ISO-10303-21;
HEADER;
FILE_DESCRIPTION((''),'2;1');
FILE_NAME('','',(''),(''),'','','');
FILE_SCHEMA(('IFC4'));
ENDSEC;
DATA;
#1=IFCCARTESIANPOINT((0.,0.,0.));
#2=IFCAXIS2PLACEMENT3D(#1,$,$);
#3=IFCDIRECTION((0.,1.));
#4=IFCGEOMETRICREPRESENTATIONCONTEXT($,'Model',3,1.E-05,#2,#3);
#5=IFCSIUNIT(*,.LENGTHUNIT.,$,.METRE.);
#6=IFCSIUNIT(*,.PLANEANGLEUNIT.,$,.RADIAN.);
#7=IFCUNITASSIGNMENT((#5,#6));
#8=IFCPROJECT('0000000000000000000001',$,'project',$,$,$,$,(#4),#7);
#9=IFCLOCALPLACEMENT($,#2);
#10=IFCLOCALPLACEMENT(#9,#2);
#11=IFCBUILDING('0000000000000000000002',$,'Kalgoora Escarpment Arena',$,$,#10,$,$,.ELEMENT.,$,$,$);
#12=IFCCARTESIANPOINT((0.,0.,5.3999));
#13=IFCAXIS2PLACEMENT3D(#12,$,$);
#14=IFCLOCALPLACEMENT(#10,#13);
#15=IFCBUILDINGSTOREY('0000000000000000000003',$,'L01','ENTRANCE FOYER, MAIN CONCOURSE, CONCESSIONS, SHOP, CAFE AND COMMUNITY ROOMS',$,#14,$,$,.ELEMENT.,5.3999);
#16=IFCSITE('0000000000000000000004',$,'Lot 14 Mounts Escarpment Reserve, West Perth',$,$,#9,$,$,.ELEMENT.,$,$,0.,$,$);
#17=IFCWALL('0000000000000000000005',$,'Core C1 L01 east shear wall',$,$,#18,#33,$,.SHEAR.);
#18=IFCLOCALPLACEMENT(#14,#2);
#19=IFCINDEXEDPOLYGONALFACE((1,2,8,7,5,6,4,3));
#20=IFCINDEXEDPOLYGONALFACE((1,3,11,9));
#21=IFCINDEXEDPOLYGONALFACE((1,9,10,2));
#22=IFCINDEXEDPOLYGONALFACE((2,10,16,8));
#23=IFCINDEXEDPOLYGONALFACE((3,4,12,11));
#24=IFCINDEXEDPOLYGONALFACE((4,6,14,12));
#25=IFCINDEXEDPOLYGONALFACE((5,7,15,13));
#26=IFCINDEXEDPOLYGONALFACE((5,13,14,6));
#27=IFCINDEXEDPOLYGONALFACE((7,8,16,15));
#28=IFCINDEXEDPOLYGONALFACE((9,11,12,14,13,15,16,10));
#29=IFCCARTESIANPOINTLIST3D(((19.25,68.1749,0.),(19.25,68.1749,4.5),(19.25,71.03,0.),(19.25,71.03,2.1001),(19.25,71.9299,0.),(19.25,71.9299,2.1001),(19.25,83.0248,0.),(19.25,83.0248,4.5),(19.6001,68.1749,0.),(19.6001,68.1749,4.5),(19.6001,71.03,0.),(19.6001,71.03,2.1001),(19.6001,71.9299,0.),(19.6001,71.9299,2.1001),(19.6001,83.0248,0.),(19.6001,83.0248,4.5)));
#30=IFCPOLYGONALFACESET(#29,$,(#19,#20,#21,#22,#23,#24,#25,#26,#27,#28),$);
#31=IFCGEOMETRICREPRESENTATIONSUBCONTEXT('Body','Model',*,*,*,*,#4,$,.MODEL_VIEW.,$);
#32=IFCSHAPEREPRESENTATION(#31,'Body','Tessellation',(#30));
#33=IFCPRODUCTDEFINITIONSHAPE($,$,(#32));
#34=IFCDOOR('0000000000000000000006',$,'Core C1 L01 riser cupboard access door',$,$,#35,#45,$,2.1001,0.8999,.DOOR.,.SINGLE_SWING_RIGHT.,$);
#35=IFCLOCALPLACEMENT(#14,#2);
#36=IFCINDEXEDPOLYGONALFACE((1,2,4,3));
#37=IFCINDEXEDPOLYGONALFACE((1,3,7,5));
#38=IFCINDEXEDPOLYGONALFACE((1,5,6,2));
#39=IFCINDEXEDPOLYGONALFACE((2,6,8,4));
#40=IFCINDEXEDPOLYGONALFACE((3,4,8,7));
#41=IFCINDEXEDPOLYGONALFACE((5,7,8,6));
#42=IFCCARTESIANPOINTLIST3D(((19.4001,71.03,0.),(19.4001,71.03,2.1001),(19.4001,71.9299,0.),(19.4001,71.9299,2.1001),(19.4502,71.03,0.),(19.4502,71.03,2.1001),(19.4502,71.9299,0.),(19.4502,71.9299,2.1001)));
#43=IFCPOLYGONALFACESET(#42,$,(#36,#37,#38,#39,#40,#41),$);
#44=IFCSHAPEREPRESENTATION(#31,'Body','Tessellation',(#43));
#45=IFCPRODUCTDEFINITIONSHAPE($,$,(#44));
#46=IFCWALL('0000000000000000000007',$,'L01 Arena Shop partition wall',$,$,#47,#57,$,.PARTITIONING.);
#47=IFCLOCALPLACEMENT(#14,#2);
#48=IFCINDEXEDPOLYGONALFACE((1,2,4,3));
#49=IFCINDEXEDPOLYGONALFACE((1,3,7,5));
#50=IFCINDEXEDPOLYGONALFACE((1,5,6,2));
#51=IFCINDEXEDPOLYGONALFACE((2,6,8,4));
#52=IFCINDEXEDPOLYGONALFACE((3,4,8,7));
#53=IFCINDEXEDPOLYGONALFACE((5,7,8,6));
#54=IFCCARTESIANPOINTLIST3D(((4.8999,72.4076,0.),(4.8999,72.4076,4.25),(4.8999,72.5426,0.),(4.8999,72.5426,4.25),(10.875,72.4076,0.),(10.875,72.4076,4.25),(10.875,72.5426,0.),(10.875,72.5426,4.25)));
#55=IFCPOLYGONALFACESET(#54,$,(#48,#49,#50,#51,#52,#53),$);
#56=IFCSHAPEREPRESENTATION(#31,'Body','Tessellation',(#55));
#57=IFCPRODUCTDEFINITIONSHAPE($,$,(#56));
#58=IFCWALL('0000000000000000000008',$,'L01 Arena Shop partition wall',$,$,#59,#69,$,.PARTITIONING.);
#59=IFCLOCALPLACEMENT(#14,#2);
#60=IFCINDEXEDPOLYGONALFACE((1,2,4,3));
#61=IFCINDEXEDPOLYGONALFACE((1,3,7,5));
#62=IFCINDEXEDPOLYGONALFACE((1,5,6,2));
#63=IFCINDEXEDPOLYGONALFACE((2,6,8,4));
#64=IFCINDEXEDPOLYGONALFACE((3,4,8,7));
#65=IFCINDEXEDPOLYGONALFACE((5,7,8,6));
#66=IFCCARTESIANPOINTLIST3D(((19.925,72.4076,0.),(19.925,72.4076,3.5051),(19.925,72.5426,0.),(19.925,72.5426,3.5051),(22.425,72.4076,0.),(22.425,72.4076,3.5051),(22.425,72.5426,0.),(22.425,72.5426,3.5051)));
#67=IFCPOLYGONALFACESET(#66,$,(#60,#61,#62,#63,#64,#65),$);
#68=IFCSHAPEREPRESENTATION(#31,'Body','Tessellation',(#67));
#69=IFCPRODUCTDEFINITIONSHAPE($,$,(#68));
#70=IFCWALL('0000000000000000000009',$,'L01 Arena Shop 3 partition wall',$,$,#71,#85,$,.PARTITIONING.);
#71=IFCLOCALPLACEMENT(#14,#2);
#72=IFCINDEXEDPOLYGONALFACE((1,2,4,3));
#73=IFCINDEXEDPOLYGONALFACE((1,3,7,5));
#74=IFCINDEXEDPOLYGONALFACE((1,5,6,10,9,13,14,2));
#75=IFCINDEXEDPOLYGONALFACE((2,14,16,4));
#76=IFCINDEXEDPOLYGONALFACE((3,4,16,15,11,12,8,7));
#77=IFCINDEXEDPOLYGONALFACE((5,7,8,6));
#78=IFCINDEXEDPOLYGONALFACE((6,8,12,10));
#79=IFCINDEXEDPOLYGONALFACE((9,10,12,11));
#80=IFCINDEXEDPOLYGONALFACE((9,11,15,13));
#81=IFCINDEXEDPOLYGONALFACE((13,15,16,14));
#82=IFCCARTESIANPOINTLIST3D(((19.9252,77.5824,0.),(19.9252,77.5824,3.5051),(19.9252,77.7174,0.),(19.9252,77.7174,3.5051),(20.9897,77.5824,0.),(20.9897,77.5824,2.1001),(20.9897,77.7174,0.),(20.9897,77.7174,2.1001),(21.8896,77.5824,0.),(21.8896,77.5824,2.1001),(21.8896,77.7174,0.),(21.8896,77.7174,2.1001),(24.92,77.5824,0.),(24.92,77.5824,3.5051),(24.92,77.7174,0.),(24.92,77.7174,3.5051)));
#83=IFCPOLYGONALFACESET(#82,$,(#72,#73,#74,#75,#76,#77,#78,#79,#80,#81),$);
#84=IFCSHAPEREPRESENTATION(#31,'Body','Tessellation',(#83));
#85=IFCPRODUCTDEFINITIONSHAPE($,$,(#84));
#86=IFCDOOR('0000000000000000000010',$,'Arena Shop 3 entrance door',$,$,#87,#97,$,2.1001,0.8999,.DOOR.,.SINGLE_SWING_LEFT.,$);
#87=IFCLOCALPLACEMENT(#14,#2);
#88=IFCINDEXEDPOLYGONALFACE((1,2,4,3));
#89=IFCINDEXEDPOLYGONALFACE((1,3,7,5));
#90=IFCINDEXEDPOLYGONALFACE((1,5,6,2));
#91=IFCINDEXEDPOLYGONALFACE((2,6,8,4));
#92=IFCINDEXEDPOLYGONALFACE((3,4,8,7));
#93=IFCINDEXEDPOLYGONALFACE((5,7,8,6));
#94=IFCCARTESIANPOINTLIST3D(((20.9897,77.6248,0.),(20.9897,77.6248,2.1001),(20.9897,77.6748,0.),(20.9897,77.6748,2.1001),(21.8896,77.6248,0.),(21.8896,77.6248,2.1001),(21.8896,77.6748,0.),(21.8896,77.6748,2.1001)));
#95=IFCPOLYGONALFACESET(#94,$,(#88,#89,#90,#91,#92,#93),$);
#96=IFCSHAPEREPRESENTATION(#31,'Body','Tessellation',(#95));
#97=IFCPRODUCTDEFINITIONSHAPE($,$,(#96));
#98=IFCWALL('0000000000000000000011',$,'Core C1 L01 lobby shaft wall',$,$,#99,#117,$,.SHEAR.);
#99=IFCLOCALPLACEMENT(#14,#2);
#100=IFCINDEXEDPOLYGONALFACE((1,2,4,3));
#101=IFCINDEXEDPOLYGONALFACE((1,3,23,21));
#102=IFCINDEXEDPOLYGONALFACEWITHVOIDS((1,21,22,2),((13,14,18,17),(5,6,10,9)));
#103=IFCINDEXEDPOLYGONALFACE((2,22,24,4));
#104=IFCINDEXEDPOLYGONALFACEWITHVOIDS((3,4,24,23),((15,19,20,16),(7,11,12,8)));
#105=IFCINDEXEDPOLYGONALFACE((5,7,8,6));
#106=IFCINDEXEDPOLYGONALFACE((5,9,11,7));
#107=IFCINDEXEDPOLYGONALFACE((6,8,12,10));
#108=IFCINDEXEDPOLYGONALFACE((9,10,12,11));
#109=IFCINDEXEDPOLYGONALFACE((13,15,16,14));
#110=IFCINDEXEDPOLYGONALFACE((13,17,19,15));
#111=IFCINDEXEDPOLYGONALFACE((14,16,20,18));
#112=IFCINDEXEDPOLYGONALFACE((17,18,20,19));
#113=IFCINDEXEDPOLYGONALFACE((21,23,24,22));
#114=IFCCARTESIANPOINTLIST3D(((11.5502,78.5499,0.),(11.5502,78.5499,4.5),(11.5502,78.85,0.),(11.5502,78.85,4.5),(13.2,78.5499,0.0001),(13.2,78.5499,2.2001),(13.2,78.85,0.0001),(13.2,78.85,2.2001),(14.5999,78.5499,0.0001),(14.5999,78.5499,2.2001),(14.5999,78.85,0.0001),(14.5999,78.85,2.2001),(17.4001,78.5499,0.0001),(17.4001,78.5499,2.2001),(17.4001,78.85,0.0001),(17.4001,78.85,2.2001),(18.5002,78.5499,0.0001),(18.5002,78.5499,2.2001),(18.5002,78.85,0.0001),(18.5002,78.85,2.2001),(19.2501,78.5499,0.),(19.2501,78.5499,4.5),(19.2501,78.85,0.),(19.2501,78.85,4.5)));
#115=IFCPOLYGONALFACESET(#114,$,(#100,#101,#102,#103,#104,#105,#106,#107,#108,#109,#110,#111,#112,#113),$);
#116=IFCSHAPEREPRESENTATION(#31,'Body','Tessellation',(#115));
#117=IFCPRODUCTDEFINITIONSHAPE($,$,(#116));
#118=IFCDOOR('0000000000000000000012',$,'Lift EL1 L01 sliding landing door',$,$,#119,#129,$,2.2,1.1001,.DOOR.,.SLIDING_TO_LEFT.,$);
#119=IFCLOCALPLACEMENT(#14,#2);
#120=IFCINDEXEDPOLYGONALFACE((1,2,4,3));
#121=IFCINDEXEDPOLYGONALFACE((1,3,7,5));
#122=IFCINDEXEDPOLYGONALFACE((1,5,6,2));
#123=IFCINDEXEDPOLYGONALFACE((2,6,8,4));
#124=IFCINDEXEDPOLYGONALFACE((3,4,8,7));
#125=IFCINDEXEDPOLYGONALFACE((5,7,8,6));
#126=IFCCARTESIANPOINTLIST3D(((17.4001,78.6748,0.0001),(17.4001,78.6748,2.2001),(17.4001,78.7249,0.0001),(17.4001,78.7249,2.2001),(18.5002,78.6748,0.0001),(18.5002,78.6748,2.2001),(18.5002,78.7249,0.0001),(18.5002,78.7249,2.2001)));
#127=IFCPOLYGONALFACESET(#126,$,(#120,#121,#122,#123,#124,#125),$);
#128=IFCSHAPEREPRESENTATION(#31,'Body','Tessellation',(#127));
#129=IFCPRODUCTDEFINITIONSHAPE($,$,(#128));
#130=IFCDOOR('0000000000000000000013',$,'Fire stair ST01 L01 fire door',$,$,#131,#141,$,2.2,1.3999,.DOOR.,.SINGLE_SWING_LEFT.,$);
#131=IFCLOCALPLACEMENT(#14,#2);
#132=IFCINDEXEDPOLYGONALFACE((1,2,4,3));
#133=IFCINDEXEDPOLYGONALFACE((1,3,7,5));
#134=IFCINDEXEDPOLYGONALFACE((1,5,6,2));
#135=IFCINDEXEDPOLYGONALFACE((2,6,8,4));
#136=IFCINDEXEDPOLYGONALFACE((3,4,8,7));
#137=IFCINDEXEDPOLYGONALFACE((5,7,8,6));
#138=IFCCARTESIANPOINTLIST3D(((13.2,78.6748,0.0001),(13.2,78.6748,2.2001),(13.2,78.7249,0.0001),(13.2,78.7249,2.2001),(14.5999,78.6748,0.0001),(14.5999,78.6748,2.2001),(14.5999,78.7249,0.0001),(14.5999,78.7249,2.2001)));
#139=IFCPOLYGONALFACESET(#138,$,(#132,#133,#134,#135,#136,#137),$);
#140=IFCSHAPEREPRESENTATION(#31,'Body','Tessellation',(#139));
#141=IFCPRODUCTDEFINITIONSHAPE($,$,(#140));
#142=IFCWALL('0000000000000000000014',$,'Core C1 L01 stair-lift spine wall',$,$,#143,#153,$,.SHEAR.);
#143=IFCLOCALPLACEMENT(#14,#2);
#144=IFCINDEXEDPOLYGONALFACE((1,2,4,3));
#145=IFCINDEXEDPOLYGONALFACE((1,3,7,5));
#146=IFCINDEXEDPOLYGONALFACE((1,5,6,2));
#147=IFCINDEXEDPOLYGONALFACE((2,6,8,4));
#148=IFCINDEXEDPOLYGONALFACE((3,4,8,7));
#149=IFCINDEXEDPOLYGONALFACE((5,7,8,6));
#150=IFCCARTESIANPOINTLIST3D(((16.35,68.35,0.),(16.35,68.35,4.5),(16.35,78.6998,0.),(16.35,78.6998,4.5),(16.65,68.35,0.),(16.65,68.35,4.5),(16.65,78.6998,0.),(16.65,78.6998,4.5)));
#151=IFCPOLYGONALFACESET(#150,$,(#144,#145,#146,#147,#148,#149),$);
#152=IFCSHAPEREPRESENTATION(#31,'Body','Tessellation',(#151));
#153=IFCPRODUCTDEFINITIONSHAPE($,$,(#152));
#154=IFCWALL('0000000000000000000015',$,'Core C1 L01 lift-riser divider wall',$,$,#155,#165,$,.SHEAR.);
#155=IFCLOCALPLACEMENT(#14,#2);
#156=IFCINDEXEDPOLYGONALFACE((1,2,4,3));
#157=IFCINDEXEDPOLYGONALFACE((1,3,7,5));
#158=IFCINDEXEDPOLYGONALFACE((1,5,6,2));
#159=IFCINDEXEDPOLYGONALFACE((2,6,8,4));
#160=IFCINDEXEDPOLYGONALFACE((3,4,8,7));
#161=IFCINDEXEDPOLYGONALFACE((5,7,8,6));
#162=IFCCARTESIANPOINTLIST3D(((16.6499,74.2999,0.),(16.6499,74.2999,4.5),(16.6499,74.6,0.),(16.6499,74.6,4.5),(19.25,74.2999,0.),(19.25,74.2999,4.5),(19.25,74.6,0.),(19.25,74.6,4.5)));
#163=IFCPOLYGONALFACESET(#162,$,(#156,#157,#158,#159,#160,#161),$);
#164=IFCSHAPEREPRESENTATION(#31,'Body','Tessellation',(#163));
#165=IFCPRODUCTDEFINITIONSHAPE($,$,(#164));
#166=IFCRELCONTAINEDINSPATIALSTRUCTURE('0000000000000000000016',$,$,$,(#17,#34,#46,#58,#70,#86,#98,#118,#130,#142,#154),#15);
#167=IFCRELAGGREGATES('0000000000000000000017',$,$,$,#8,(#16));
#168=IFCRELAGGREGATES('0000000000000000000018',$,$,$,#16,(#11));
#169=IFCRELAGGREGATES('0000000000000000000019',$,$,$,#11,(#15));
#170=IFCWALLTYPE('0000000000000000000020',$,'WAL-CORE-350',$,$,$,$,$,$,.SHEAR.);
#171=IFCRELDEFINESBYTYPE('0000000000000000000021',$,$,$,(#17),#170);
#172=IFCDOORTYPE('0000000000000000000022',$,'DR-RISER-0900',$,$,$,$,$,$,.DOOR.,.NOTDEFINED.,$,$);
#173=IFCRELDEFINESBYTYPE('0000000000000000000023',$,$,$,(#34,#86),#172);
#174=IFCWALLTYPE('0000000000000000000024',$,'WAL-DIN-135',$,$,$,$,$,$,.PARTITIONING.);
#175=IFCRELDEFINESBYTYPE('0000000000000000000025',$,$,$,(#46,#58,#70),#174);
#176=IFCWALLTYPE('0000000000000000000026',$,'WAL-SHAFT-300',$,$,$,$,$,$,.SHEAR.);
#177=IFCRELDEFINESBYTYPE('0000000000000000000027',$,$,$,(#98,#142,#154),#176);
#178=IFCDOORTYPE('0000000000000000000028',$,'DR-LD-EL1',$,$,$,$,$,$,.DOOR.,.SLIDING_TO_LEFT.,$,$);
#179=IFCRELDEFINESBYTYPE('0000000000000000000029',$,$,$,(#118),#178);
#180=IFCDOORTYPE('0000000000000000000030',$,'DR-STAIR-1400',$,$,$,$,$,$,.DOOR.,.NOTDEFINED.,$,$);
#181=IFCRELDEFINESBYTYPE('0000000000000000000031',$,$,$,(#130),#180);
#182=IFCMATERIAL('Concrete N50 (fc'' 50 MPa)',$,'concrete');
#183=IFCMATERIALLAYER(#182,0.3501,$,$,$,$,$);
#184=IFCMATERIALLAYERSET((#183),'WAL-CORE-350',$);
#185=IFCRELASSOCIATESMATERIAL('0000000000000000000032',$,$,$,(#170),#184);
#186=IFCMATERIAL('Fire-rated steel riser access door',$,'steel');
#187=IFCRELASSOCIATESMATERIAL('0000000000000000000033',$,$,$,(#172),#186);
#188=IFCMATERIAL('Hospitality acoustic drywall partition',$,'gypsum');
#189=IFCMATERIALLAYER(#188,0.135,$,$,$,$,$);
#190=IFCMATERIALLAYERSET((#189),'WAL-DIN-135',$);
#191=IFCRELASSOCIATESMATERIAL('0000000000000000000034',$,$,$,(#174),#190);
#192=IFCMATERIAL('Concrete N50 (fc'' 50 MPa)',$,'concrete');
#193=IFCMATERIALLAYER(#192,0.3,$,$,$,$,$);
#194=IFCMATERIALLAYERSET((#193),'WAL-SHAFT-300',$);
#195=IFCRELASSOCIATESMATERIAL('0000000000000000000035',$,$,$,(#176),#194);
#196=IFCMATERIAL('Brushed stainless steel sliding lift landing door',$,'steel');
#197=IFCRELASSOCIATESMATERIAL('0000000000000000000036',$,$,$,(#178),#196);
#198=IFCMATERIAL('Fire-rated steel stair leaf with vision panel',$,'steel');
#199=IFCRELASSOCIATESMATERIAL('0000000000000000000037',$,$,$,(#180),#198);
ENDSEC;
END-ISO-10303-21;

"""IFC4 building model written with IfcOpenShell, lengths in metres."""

from ifc_helpers import new_model, si_unit, direction, frame, frame_2d, origin, place, context, subcontext, project, spatial, rectangle, extrude, material, layer, layer_set, type_object, element, fill, save


model = new_model("IFC4")

# Units and contexts
model_context = context("Model", 3, precision=1e-05, world=origin(), true_north=direction((0.0, 1.0)))
body_context = subcontext(model_context, "Body", "Model", "MODEL_VIEW")
ifc_project = project(units=[si_unit("LENGTHUNIT", "METRE"), si_unit("PLANEANGLEUNIT", "RADIAN")], contexts=[model_context])

# Site, building, storey
site_placement = place(None, origin())
site = spatial("IfcSite", under=ifc_project, at=site_placement, Name="Lot 14 Mounts Escarpment Reserve, West Perth", CompositionType="ELEMENT", RefElevation=0.0)
building_placement = place(site_placement, origin())
building = spatial("IfcBuilding", under=site, at=building_placement, Name="Kalgoora Escarpment Arena", CompositionType="ELEMENT")
storey_placement = place(building_placement, frame((0.0, 0.0, 5.3999)))
storey = spatial("IfcBuildingStorey", under=building, at=storey_placement, Name="L01", Description="ENTRANCE FOYER, MAIN CONCOURSE, CONCESSIONS, SHOP, CAFE AND COMMUNITY ROOMS", CompositionType="ELEMENT", Elevation=5.3999)

# Wall, opening, door
ifc_material_1 = material(Name="Concrete N50 (fc' 50 MPa)", Category="concrete")
ifc_layer_1 = layer(ifc_material_1, 0.3501)
ifc_layer_set_1 = layer_set([ifc_layer_1], Name="WAL-CORE-350")
wall_type_1 = type_object("IfcWallType", Name="WAL-CORE-350", PredefinedType="SHEAR", material=ifc_layer_set_1)
wall_1_placement = place(storey_placement, frame((19.425, 68.175, 0.0), z_axis=(0.0, 0.0, 1.0), x_axis=(0.0, 1.0, 0.0)))
wall_1 = element("IfcWall", 1, at=wall_1_placement, inside=storey, type_object=wall_type_1, Name="Core C1 L01 east shear wall", PredefinedType="SHEAR", context=body_context, shape_type="SweptSolid", body=[
    extrude(rectangle(XDim=14.8499, YDim=0.3501, at=frame_2d((7.4248, 0.0))), origin(), (0.0, 0.0, 1.0), 4.5),
])
opening_1_placement = place(wall_1_placement, frame((2.855, 0.0, 0.0)))
opening_1 = element("IfcOpeningElement", 2, at=opening_1_placement, cuts=wall_1, PredefinedType="OPENING", context=body_context, shape_type="SweptSolid", body=[
    extrude(rectangle(XDim=0.8999, YDim=2.1001, at=frame_2d((0.45, 1.05))), frame((0.0, 0.1851, 0.0), z_axis=(0.0, -1.0, 0.0), x_axis=(1.0, 0.0, 0.0)), (0.0, 0.0, 1.0), 0.3701),
])
ifc_material_2 = material(Name="Fire-rated steel riser access door", Category="steel")
door_type_1 = type_object("IfcDoorType", Name="DR-RISER-0900", OperationType="NOTDEFINED", PredefinedType="DOOR", material=ifc_material_2)
door_1_placement = place(opening_1_placement, origin())
door_1 = element("IfcDoor", 3, at=door_1_placement, inside=storey, type_object=door_type_1, Name="Core C1 L01 riser cupboard access door", OperationType="SINGLE_SWING_RIGHT", OverallHeight=2.1001, OverallWidth=0.8999, PredefinedType="DOOR", context=body_context, shape_type="SweptSolid", body=[
    extrude(rectangle(XDim=0.8999, YDim=2.1001, at=frame_2d((0.45, 1.05))), frame((0.0, 0.0249, 0.0), z_axis=(0.0, -1.0, 0.0), x_axis=(1.0, 0.0, 0.0)), (0.0, 0.0, 1.0), 0.05),
])
fill(opening_1, door_1)

# Walls
ifc_material_3 = material(Name="Hospitality acoustic drywall partition", Category="gypsum")
ifc_layer_2 = layer(ifc_material_3, 0.135)
ifc_layer_set_2 = layer_set([ifc_layer_2], Name="WAL-DIN-135")
wall_type_2 = type_object("IfcWallType", Name="WAL-DIN-135", PredefinedType="PARTITIONING", material=ifc_layer_set_2)
wall_2_placement = place(storey_placement, frame((4.8999, 72.4751, 0.0), z_axis=(0.0, 0.0, 1.0), x_axis=(1.0, 0.0, 0.0)))
element("IfcWall", 4, at=wall_2_placement, inside=storey, type_object=wall_type_2, Name="L01 Arena Shop partition wall", PredefinedType="PARTITIONING", context=body_context, shape_type="SweptSolid", body=[
    extrude(rectangle(XDim=5.9751, YDim=0.135, at=frame_2d((2.9875, 0.0))), origin(), (0.0, 0.0, 1.0), 4.25),
])
wall_3_placement = place(storey_placement, frame((19.925, 72.4751, 0.0), z_axis=(0.0, 0.0, 1.0), x_axis=(1.0, 0.0, 0.0)))
element("IfcWall", 5, at=wall_3_placement, inside=storey, type_object=wall_type_2, Name="L01 Arena Shop partition wall", PredefinedType="PARTITIONING", context=body_context, shape_type="SweptSolid", body=[
    extrude(rectangle(XDim=2.5, YDim=0.135, at=frame_2d((1.25, 0.0))), origin(), (0.0, 0.0, 1.0), 3.5051),
])

# Wall, opening, door
wall_4_placement = place(storey_placement, frame((19.925, 77.6499, 0.0), z_axis=(0.0, 0.0, 1.0), x_axis=(1.0, 0.0, 0.0)))
wall_4 = element("IfcWall", 6, at=wall_4_placement, inside=storey, type_object=wall_type_2, Name="L01 Arena Shop 3 partition wall", PredefinedType="PARTITIONING", context=body_context, shape_type="SweptSolid", body=[
    extrude(rectangle(XDim=4.9949, YDim=0.135, at=frame_2d((2.4976, 0.0))), origin(), (0.0, 0.0, 1.0), 3.5051),
])
opening_2_placement = place(wall_4_placement, frame((1.0647, 0.0, 0.0)))
opening_2 = element("IfcOpeningElement", 7, at=opening_2_placement, cuts=wall_4, PredefinedType="OPENING", context=body_context, shape_type="SweptSolid", body=[
    extrude(rectangle(XDim=0.8999, YDim=2.1001, at=frame_2d((0.45, 1.05))), frame((0.0, 0.0774, 0.0), z_axis=(0.0, -1.0, 0.0), x_axis=(1.0, 0.0, 0.0)), (0.0, 0.0, 1.0), 0.155),
])
door_2_placement = place(opening_2_placement, origin())
door_2 = element("IfcDoor", 8, at=door_2_placement, inside=storey, type_object=door_type_1, Name="Arena Shop 3 entrance door", OperationType="SINGLE_SWING_LEFT", OverallHeight=2.1001, OverallWidth=0.8999, PredefinedType="DOOR", context=body_context, shape_type="SweptSolid", body=[
    extrude(rectangle(XDim=0.8999, YDim=2.1001, at=frame_2d((0.45, 1.05))), frame((0.0, 0.0249, 0.0), z_axis=(0.0, -1.0, 0.0), x_axis=(1.0, 0.0, 0.0)), (0.0, 0.0, 1.0), 0.05),
])
fill(opening_2, door_2)

# Wall, openings, doors
ifc_material_4 = material(Name="Concrete N50 (fc' 50 MPa)", Category="concrete")
ifc_layer_3 = layer(ifc_material_4, 0.3)
ifc_layer_set_3 = layer_set([ifc_layer_3], Name="WAL-SHAFT-300")
wall_type_3 = type_object("IfcWallType", Name="WAL-SHAFT-300", PredefinedType="SHEAR", material=ifc_layer_set_3)
wall_5_placement = place(storey_placement, frame((11.55, 78.7, 0.0), z_axis=(0.0, 0.0, 1.0), x_axis=(1.0, 0.0, 0.0)))
wall_5 = element("IfcWall", 9, at=wall_5_placement, inside=storey, type_object=wall_type_3, Name="Core C1 L01 lobby shaft wall", PredefinedType="SHEAR", context=body_context, shape_type="SweptSolid", body=[
    extrude(rectangle(XDim=7.7, YDim=0.3, at=frame_2d((3.8501, 0.0))), origin(), (0.0, 0.0, 1.0), 4.5),
])
opening_3_placement = place(wall_5_placement, frame((1.6499, 0.0, 0.0)))
opening_3 = element("IfcOpeningElement", 10, at=opening_3_placement, cuts=wall_5, PredefinedType="OPENING", context=body_context, shape_type="SweptSolid", body=[
    extrude(rectangle(XDim=1.3999, YDim=2.2, at=frame_2d((0.7, 1.1001))), frame((0.0, 0.1599, 0.0), z_axis=(0.0, -1.0, 0.0), x_axis=(1.0, 0.0, 0.0)), (0.0, 0.0, 1.0), 0.3201),
])
opening_4_placement = place(wall_5_placement, frame((5.8501, 0.0, 0.0)))
opening_4 = element("IfcOpeningElement", 11, at=opening_4_placement, cuts=wall_5, PredefinedType="OPENING", context=body_context, shape_type="SweptSolid", body=[
    extrude(rectangle(XDim=1.1001, YDim=2.2, at=frame_2d((0.55, 1.1001))), frame((0.0, 0.1599, 0.0), z_axis=(0.0, -1.0, 0.0), x_axis=(1.0, 0.0, 0.0)), (0.0, 0.0, 1.0), 0.3201),
])
ifc_material_5 = material(Name="Brushed stainless steel sliding lift landing door", Category="steel")
door_type_2 = type_object("IfcDoorType", Name="DR-LD-EL1", OperationType="SLIDING_TO_LEFT", PredefinedType="DOOR", material=ifc_material_5)
door_3_placement = place(opening_4_placement, origin())
door_3 = element("IfcDoor", 12, at=door_3_placement, inside=storey, type_object=door_type_2, Name="Lift EL1 L01 sliding landing door", OperationType="SLIDING_TO_LEFT", OverallHeight=2.2, OverallWidth=1.1001, PredefinedType="DOOR", context=body_context, shape_type="SweptSolid", body=[
    extrude(rectangle(XDim=1.1001, YDim=2.2, at=frame_2d((0.55, 1.1001))), frame((0.0, 0.0249, 0.0), z_axis=(0.0, -1.0, 0.0), x_axis=(1.0, 0.0, 0.0)), (0.0, 0.0, 1.0), 0.05),
])
fill(opening_4, door_3)
ifc_material_6 = material(Name="Fire-rated steel stair leaf with vision panel", Category="steel")
door_type_3 = type_object("IfcDoorType", Name="DR-STAIR-1400", OperationType="NOTDEFINED", PredefinedType="DOOR", material=ifc_material_6)
door_4_placement = place(opening_3_placement, origin())
door_4 = element("IfcDoor", 13, at=door_4_placement, inside=storey, type_object=door_type_3, Name="Fire stair ST01 L01 fire door", OperationType="SINGLE_SWING_LEFT", OverallHeight=2.2, OverallWidth=1.3999, PredefinedType="DOOR", context=body_context, shape_type="SweptSolid", body=[
    extrude(rectangle(XDim=1.3999, YDim=2.2, at=frame_2d((0.7, 1.1001))), frame((0.0, 0.0249, 0.0), z_axis=(0.0, -1.0, 0.0), x_axis=(1.0, 0.0, 0.0)), (0.0, 0.0, 1.0), 0.05),
])
fill(opening_3, door_4)

# Walls
wall_6_placement = place(storey_placement, frame((16.5, 68.3501, 0.0), z_axis=(0.0, 0.0, 1.0), x_axis=(0.0, 1.0, 0.0)))
element("IfcWall", 14, at=wall_6_placement, inside=storey, type_object=wall_type_3, Name="Core C1 L01 stair-lift spine wall", PredefinedType="SHEAR", context=body_context, shape_type="SweptSolid", body=[
    extrude(rectangle(XDim=10.3499, YDim=0.3, at=frame_2d((5.1748, 0.0))), origin(), (0.0, 0.0, 1.0), 4.5),
])
wall_7_placement = place(storey_placement, frame((16.6499, 74.45, 0.0), z_axis=(0.0, 0.0, 1.0), x_axis=(1.0, 0.0, 0.0)))
element("IfcWall", 15, at=wall_7_placement, inside=storey, type_object=wall_type_3, Name="Core C1 L01 lift-riser divider wall", PredefinedType="SHEAR", context=body_context, shape_type="SweptSolid", body=[
    extrude(rectangle(XDim=2.6001, YDim=0.3, at=frame_2d((1.3, 0.0))), origin(), (0.0, 0.0, 1.0), 4.5),
])

save(model, "model.ifc")
